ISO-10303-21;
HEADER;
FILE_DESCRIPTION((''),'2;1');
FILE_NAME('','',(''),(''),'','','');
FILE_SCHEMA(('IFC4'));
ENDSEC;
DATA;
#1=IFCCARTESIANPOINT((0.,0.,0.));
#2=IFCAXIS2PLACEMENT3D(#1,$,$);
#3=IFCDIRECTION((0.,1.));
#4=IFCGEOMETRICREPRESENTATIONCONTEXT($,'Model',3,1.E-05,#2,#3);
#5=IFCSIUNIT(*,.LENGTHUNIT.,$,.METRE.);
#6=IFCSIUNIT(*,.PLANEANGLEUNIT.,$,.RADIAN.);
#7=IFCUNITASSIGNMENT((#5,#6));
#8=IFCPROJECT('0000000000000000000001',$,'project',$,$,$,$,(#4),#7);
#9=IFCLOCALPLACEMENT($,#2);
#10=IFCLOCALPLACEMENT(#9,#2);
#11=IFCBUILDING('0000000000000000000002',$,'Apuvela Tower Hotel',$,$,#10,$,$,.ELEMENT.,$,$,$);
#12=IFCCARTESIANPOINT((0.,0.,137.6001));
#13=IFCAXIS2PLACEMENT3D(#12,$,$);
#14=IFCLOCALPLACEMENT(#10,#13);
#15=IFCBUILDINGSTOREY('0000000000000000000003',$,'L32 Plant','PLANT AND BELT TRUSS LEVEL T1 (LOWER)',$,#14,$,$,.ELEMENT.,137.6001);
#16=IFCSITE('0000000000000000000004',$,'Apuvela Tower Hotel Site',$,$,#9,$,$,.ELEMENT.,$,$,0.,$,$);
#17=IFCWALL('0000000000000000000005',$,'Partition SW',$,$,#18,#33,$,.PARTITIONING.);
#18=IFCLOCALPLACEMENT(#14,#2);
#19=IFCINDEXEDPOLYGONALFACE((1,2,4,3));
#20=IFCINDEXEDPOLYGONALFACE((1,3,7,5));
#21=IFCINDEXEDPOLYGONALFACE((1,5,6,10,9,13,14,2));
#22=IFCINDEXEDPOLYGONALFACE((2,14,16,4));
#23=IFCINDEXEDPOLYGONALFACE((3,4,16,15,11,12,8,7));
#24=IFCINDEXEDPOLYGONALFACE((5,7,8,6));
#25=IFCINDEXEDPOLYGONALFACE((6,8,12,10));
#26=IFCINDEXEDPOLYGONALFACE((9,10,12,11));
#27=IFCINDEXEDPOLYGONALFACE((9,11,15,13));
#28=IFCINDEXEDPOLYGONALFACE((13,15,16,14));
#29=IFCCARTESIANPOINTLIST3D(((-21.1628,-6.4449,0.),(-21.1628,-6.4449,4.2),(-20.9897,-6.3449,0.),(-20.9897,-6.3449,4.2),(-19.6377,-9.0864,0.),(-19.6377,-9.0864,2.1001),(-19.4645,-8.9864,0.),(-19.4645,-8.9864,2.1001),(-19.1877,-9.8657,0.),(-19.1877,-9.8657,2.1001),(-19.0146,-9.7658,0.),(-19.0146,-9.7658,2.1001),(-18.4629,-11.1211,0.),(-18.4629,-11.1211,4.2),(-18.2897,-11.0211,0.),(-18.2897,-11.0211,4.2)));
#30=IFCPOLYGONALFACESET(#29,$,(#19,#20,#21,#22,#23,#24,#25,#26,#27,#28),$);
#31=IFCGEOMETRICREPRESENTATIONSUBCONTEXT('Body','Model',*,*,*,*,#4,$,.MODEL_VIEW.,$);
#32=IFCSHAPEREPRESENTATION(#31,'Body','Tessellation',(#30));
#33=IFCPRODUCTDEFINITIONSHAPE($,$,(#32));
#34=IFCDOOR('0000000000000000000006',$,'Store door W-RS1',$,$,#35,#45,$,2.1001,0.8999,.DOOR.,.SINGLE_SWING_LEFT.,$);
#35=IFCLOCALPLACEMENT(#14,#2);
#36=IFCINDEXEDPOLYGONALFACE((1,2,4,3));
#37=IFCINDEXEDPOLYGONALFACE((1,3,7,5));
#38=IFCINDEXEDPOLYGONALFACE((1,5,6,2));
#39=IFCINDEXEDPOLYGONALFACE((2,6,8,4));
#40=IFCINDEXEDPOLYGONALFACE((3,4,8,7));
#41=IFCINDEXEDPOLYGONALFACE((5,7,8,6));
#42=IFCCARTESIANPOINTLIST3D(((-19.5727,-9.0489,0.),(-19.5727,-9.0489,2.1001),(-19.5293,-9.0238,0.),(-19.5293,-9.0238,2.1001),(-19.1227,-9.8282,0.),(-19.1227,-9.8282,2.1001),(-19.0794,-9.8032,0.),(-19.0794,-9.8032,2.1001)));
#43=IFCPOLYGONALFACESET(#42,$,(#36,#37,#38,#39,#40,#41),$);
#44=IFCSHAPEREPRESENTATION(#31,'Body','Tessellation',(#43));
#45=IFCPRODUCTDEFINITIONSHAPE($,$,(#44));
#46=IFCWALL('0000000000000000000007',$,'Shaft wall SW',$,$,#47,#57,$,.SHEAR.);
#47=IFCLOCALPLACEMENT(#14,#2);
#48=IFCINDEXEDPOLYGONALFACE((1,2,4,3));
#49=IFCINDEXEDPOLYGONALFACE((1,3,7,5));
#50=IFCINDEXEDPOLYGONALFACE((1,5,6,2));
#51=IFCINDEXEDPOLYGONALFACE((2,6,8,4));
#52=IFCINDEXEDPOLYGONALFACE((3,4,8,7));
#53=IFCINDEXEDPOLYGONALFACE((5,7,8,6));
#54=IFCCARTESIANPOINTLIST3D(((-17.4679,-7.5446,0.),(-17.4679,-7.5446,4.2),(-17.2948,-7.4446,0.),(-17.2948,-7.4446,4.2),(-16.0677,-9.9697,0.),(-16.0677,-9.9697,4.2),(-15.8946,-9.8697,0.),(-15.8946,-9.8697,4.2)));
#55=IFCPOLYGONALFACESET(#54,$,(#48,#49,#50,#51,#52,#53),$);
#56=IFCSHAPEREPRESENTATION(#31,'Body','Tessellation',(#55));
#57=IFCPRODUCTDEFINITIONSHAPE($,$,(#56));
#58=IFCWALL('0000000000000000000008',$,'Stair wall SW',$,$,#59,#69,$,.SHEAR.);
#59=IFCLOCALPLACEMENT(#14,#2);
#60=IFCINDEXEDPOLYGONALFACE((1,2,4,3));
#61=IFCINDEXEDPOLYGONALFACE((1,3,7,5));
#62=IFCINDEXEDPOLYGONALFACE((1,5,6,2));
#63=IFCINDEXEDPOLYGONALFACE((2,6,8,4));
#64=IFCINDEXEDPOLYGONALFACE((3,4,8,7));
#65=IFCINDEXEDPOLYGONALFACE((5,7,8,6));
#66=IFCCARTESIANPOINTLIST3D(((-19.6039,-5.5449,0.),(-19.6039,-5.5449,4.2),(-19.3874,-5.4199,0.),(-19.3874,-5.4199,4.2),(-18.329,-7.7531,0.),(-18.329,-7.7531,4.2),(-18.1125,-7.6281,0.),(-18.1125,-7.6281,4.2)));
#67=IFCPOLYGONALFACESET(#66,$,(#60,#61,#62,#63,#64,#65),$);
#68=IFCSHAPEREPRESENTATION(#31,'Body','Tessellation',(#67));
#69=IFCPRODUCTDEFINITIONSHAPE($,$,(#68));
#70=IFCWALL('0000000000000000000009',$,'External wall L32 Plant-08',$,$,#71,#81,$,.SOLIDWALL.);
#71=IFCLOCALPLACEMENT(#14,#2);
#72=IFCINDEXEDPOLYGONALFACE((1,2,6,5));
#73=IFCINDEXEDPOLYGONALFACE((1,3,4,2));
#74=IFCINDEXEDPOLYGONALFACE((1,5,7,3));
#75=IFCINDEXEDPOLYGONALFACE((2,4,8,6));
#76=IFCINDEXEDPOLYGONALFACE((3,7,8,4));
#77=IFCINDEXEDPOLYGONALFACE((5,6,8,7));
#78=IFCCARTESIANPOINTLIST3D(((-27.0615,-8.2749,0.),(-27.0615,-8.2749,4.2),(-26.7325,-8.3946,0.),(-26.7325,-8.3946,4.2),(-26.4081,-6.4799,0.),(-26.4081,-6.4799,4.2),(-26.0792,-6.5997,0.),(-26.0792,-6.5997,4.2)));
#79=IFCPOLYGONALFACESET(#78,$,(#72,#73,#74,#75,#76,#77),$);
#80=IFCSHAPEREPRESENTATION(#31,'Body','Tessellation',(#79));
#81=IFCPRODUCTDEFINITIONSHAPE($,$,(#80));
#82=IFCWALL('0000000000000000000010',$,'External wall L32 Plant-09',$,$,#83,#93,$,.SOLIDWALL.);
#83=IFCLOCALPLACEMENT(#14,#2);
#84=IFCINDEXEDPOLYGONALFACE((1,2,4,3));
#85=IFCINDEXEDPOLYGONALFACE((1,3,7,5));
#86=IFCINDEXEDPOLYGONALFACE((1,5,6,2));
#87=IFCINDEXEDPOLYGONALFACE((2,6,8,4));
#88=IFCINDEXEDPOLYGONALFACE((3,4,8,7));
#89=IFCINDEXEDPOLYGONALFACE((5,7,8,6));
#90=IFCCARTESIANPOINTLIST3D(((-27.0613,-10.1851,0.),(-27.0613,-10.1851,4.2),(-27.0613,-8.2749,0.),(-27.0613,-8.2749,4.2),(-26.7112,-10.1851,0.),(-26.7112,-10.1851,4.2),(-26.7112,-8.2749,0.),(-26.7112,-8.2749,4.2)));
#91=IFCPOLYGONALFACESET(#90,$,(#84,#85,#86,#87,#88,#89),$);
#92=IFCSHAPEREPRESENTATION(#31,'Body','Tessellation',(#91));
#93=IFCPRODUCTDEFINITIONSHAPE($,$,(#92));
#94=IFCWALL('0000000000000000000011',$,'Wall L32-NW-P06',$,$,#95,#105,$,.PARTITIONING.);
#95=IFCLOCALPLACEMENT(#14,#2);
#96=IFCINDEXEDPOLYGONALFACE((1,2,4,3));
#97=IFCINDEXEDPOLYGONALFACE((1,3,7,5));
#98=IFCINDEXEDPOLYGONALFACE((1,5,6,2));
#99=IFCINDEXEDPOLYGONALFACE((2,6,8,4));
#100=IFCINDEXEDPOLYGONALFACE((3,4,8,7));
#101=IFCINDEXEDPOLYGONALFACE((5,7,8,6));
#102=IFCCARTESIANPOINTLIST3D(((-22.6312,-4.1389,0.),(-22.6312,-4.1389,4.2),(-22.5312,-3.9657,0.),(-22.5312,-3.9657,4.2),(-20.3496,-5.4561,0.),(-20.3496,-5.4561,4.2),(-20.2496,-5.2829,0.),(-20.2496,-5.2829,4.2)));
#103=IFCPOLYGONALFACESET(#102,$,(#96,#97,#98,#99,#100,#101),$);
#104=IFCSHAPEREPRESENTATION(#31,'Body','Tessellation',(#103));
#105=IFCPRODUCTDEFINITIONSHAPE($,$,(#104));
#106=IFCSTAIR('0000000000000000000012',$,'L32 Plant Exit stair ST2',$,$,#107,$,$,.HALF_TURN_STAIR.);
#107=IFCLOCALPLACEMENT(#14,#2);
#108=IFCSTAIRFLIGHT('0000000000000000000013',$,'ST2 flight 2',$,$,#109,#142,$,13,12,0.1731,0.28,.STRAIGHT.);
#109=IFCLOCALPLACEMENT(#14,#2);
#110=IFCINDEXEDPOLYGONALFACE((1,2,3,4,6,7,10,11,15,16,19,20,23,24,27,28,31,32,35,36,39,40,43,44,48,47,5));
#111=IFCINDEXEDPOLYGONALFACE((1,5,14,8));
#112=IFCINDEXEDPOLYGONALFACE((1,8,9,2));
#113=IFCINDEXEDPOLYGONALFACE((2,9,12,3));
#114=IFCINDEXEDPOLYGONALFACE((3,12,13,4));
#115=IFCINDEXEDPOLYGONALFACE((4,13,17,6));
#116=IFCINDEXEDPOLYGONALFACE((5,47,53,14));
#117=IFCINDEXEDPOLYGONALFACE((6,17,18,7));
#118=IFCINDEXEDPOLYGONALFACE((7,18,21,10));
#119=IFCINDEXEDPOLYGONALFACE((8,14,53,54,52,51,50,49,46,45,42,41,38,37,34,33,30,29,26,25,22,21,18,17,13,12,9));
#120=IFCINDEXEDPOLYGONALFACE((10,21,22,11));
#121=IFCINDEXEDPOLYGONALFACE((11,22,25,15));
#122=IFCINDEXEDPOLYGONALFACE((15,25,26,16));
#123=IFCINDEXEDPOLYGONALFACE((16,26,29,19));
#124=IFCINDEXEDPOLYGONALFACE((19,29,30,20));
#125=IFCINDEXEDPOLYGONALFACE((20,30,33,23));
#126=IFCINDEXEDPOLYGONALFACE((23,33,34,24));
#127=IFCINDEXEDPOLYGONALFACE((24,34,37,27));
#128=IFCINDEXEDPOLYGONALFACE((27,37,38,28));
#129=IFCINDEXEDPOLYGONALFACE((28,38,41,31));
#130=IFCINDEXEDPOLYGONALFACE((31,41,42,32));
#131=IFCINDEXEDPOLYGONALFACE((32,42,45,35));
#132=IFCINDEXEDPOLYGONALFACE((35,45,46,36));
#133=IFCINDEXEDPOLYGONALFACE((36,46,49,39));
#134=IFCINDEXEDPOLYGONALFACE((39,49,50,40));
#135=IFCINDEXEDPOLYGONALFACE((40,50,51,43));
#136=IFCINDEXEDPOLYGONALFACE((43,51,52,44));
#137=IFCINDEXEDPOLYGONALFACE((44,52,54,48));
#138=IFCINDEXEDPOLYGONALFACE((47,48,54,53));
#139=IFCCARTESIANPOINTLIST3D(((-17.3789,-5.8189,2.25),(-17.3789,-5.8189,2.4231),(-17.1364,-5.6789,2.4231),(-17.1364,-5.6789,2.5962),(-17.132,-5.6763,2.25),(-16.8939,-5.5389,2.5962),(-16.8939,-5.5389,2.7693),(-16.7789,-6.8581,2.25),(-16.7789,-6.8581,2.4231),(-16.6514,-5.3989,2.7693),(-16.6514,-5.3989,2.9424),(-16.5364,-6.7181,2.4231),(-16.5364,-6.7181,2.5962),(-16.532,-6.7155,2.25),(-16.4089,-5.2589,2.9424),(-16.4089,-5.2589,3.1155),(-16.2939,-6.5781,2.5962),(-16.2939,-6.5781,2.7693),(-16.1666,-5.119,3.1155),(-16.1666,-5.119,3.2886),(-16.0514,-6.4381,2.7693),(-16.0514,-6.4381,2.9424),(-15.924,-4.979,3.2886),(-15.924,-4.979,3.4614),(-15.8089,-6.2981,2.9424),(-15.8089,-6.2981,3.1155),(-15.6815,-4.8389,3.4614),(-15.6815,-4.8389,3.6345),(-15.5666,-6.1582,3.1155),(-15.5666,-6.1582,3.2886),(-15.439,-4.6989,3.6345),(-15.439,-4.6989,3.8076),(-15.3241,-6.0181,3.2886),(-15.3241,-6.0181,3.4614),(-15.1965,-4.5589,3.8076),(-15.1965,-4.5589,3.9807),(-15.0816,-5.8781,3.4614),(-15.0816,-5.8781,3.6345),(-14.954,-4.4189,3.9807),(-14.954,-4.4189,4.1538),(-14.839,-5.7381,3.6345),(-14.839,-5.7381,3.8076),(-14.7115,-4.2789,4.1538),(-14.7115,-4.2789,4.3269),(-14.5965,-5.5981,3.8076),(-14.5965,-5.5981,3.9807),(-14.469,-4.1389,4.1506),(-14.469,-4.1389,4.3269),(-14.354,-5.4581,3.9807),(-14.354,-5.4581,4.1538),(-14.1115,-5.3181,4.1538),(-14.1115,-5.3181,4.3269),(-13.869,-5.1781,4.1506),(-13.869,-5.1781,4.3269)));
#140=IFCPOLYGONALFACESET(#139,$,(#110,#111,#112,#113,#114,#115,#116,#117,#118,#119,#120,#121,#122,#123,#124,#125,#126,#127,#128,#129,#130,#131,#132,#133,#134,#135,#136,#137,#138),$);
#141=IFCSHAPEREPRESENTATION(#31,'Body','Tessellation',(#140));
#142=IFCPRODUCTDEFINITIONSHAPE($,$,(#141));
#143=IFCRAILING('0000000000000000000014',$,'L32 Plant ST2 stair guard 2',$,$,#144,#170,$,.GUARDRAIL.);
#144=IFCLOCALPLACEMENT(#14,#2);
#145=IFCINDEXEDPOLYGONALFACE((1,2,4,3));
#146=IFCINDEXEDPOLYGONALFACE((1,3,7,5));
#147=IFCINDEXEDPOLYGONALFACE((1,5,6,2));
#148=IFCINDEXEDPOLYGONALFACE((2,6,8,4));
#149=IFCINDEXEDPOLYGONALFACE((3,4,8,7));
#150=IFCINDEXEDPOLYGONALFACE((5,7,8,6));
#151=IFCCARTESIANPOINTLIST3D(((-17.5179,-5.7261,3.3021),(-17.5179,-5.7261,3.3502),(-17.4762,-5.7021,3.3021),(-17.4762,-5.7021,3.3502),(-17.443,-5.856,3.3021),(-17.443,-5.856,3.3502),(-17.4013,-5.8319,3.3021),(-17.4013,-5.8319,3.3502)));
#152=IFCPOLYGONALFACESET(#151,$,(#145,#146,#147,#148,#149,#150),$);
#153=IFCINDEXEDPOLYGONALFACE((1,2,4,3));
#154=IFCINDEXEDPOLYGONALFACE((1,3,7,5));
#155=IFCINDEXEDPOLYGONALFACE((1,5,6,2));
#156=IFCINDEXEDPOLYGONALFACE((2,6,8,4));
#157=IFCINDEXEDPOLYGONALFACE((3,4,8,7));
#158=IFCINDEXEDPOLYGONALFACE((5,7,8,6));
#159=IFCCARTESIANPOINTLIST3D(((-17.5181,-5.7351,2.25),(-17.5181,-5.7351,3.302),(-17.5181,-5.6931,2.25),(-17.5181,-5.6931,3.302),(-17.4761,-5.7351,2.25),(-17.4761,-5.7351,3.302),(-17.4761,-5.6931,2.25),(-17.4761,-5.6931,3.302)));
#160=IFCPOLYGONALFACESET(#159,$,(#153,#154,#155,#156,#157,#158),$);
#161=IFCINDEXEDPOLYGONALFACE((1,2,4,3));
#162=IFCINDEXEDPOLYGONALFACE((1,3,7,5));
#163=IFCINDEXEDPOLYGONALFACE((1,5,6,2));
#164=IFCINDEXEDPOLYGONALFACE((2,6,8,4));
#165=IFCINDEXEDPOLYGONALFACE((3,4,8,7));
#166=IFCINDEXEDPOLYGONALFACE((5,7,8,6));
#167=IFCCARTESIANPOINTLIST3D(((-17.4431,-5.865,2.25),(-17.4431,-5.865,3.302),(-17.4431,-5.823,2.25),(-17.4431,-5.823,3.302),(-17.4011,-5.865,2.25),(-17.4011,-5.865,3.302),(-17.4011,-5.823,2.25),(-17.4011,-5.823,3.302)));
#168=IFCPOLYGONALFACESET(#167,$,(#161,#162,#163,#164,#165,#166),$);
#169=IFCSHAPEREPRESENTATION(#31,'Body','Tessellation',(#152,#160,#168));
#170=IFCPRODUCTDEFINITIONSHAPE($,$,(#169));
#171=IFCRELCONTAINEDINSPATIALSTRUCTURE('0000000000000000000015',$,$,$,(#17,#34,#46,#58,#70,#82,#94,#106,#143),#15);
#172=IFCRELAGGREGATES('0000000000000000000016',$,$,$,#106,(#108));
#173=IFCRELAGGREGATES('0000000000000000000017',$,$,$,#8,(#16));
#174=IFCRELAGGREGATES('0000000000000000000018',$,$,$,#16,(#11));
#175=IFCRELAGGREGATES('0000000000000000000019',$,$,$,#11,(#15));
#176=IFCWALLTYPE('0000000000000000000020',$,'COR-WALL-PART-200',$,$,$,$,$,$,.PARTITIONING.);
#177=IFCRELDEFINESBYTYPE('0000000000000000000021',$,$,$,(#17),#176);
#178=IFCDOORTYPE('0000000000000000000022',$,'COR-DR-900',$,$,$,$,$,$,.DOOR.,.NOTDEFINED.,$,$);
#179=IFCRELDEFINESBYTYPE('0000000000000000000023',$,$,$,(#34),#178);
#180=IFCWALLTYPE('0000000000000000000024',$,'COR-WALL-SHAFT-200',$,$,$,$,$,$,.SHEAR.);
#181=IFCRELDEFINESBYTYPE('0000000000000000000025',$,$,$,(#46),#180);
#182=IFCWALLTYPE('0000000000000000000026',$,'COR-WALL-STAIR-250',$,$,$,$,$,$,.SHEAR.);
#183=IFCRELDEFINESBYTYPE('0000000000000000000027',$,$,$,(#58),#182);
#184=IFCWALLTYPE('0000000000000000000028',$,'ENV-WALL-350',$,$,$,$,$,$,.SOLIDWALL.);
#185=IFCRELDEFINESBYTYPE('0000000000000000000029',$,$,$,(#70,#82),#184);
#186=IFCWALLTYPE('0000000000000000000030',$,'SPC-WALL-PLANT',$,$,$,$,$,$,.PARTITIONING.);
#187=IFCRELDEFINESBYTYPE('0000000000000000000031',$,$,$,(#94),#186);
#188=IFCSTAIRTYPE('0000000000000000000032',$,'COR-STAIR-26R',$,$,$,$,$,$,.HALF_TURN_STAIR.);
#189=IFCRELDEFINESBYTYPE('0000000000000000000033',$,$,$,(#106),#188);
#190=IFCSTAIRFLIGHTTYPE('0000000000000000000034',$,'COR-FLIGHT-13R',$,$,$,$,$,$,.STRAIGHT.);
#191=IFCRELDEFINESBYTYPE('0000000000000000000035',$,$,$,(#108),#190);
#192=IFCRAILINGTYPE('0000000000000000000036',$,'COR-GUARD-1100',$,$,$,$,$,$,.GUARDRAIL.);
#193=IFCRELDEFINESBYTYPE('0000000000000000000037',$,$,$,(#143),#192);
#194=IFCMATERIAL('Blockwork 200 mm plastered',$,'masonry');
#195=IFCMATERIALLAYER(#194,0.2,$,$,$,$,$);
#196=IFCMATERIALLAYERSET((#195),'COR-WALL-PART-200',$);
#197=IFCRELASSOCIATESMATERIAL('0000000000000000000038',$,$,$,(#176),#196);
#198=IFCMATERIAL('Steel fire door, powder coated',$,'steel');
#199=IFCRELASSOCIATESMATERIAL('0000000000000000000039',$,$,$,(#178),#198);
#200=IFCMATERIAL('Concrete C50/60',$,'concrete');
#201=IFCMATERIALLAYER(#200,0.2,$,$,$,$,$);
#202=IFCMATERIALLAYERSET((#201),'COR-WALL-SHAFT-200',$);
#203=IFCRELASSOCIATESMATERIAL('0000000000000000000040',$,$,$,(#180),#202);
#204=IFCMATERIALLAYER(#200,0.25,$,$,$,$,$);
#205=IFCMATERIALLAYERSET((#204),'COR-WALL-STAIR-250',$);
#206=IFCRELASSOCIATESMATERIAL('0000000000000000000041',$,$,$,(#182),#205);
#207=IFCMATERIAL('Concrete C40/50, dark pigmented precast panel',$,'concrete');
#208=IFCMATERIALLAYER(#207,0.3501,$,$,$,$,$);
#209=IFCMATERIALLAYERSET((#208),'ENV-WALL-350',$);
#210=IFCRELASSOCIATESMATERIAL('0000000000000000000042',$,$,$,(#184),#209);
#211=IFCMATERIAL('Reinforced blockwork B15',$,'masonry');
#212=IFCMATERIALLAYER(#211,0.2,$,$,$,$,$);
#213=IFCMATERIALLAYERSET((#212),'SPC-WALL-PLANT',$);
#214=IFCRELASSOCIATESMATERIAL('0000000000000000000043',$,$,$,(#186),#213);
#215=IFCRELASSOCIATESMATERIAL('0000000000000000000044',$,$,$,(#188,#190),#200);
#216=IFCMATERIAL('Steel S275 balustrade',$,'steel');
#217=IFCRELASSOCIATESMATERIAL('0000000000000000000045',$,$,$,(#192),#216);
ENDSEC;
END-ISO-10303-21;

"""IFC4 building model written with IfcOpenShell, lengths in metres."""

from ifc_helpers import new_model, si_unit, direction, frame, frame_2d, origin, origin_2d, place, context, subcontext, project, spatial, polyline, rectangle, outline, extrude, material, layer, layer_set, type_object, element, fill, aggregate, save


model = new_model("IFC4")

# Units and contexts
model_context = context("Model", 3, precision=1e-05, world=origin(), true_north=direction((0.0, 1.0)))
body_context = subcontext(model_context, "Body", "Model", "MODEL_VIEW")
ifc_project = project(units=[si_unit("LENGTHUNIT", "METRE"), si_unit("PLANEANGLEUNIT", "RADIAN")], contexts=[model_context])

# Site, building, storey
site_placement = place(None, origin())
site = spatial("IfcSite", under=ifc_project, at=site_placement, Name="Apuvela Tower Hotel Site", CompositionType="ELEMENT", RefElevation=0.0)
building_placement = place(site_placement, origin())
building = spatial("IfcBuilding", under=site, at=building_placement, Name="Apuvela Tower Hotel", CompositionType="ELEMENT")
storey_placement = place(building_placement, frame((0.0, 0.0, 137.6001)))
storey = spatial("IfcBuildingStorey", under=building, at=storey_placement, Name="L32 Plant", Description="PLANT AND BELT TRUSS LEVEL T1 (LOWER)", CompositionType="ELEMENT", Elevation=137.6001)

# Wall, opening, door
ifc_material_1 = material(Name="Blockwork 200 mm plastered", Category="masonry")
ifc_layer_1 = layer(ifc_material_1, 0.2)
ifc_layer_set_1 = layer_set([ifc_layer_1], Name="COR-WALL-PART-200")
wall_type_1 = type_object("IfcWallType", Name="COR-WALL-PART-200", PredefinedType="PARTITIONING", material=ifc_layer_set_1)
wall_1_placement = place(storey_placement, frame((-21.0762, -6.395, 0.0), z_axis=(0.0, 0.0, 1.0), x_axis=(0.500015, -0.866017, 0.0)))
wall_1 = element("IfcWall", 1, at=wall_1_placement, inside=storey, type_object=wall_type_1, Name="Partition SW", PredefinedType="PARTITIONING", context=body_context, shape_type="SweptSolid", body=[
    extrude(rectangle(XDim=5.3997, YDim=0.2, at=frame_2d((2.6997, 0.0))), origin(), (0.0, 0.0, 1.0), 4.2),
])
opening_1_placement = place(wall_1_placement, frame((3.05, 0.0, 0.0)))
opening_1 = element("IfcOpeningElement", 2, at=opening_1_placement, cuts=wall_1, PredefinedType="OPENING", context=body_context, shape_type="SweptSolid", body=[
    extrude(rectangle(XDim=0.8999, YDim=2.1001, at=frame_2d((0.45, 1.05))), frame((0.0, 0.1099, 0.0), z_axis=(0.0, -1.0, 0.0), x_axis=(1.0, 0.0, 0.0)), (0.0, 0.0, 1.0), 0.22),
])
ifc_material_2 = material(Name="Steel fire door, powder coated", Category="steel")
door_type_1 = type_object("IfcDoorType", Name="COR-DR-900", OperationType="NOTDEFINED", PredefinedType="DOOR", material=ifc_material_2)
door_1_placement = place(opening_1_placement, frame((0.8999, 0.0, 0.0), z_axis=(0.0, 0.0, 1.0), x_axis=(-1.0, 0.0, 0.0)))
door_1 = element("IfcDoor", 3, at=door_1_placement, inside=storey, type_object=door_type_1, Name="Store door W-RS1", OperationType="SINGLE_SWING_LEFT", OverallHeight=2.1001, OverallWidth=0.8999, PredefinedType="DOOR", context=body_context, shape_type="SweptSolid", body=[
    extrude(rectangle(XDim=0.8999, YDim=2.1001, at=frame_2d((0.45, 1.05))), frame((0.0, 0.0249, 0.0), z_axis=(0.0, -1.0, 0.0), x_axis=(1.0, 0.0, 0.0)), (0.0, 0.0, 1.0), 0.05),
])
fill(opening_1, door_1)

# Walls
ifc_material_3 = material(Name="Concrete C50/60", Category="concrete")
ifc_layer_2 = layer(ifc_material_3, 0.2)
ifc_layer_set_2 = layer_set([ifc_layer_2], Name="COR-WALL-SHAFT-200")
wall_type_2 = type_object("IfcWallType", Name="COR-WALL-SHAFT-200", PredefinedType="SHEAR", material=ifc_layer_set_2)
wall_2_placement = place(storey_placement, frame((-17.3813, -7.4946, 0.0), z_axis=(0.0, 0.0, 1.0), x_axis=(0.500012, -0.866019, 0.0)))
element("IfcWall", 4, at=wall_2_placement, inside=storey, type_object=wall_type_2, Name="Shaft wall SW", PredefinedType="SHEAR", context=body_context, shape_type="SweptSolid", body=[
    extrude(rectangle(XDim=2.8003, YDim=0.2, at=frame_2d((1.4001, 0.0))), origin(), (0.0, 0.0, 1.0), 4.2),
])
ifc_layer_3 = layer(ifc_material_3, 0.25)
ifc_layer_set_3 = layer_set([ifc_layer_3], Name="COR-WALL-STAIR-250")
wall_type_3 = type_object("IfcWallType", Name="COR-WALL-STAIR-250", PredefinedType="SHEAR", material=ifc_layer_set_3)
wall_3_placement = place(storey_placement, frame((-19.4956, -5.4824, 0.0), z_axis=(0.0, 0.0, 1.0), x_axis=(0.49999, -0.866031, 0.0)))
element("IfcWall", 5, at=wall_3_placement, inside=storey, type_object=wall_type_3, Name="Stair wall SW", PredefinedType="SHEAR", context=body_context, shape_type="SweptSolid", body=[
    extrude(rectangle(XDim=2.5498, YDim=0.25, at=frame_2d((1.2749, 0.0))), origin(), (0.0, 0.0, 1.0), 4.2),
])
ifc_material_4 = material(Name="Concrete C40/50, dark pigmented precast panel", Category="concrete")
ifc_layer_4 = layer(ifc_material_4, 0.3501)
ifc_layer_set_4 = layer_set([ifc_layer_4], Name="ENV-WALL-350")
wall_type_4 = type_object("IfcWallType", Name="ENV-WALL-350", PredefinedType="SOLIDWALL", material=ifc_layer_set_4)
for number, where, z_axis, x_axis, name in (
    (6, (-26.2437, -6.5398, 0.0), (0.0, 0.0, 1.0), (-0.34203, -0.939689, 0.0), "External wall L32 Plant-08"),
    (7, (-26.8862, -8.2749, 0.0), (0.0, 0.0, 1.0), (0.0, -1.0, 0.0), "External wall L32 Plant-09"),
):
    element("IfcWall", number, at=place(storey_placement, frame(where, z_axis=z_axis, x_axis=x_axis)), inside=storey, type_object=wall_type_4, Name=name, PredefinedType="SOLIDWALL", context=body_context, shape_type="SweptSolid", body=[
        extrude(rectangle(XDim=1.9102, YDim=0.3501, at=frame_2d((0.9551, 0.0))), origin(), (0.0, 0.0, 1.0), 4.2),
    ])
ifc_material_5 = material(Name="Reinforced blockwork B15", Category="masonry")
ifc_layer_5 = layer(ifc_material_5, 0.2)
ifc_layer_set_5 = layer_set([ifc_layer_5], Name="SPC-WALL-PLANT")
wall_type_5 = type_object("IfcWallType", Name="SPC-WALL-PLANT", PredefinedType="PARTITIONING", material=ifc_layer_set_5)
wall_4_placement = place(storey_placement, frame((-22.5813, -4.0522, 0.0), z_axis=(0.0, 0.0, 1.0), x_axis=(0.866039, -0.499976, 0.0)))
element("IfcWall", 8, at=wall_4_placement, inside=storey, type_object=wall_type_5, Name="Wall L32-NW-P06", PredefinedType="PARTITIONING", context=body_context, shape_type="SweptSolid", body=[
    extrude(rectangle(XDim=2.6345, YDim=0.2, at=frame_2d((1.3174, 0.0))), origin(), (0.0, 0.0, 1.0), 4.2),
])

# Stair, stair flight
stair_type = type_object("IfcStairType", Name="COR-STAIR-26R", PredefinedType="HALF_TURN_STAIR", material=ifc_material_3)
stair_placement = place(storey_placement, origin())
stair = element("IfcStair", 9, at=stair_placement, inside=storey, type_object=stair_type, Name="L32 Plant Exit stair ST2", PredefinedType="HALF_TURN_STAIR")
stair_flight_type = type_object("IfcStairFlightType", Name="COR-FLIGHT-13R", PredefinedType="STRAIGHT", material=ifc_material_3)
stair_flight_placement = place(storey_placement, frame((-17.0789, -6.3386, 2.25), z_axis=(0.0, 0.0, 1.0), x_axis=(0.866025, 0.5, 0.0)))
stair_flight = element("IfcStairFlight", 10, at=stair_flight_placement, type_object=stair_flight_type, Name="ST2 flight 2", NumberOfRisers=13, NumberOfTreads=12, PredefinedType="STRAIGHT", RiserHeight=0.1731, TreadLength=0.28, context=body_context, shape_type="SweptSolid", body=[
    extrude(outline(polyline([(0.0, 0.0), (0.0, 0.1731), (0.28, 0.1731), (0.28, 0.3462), (0.5601, 0.3462), (0.5601, 0.5193), (0.8401, 0.5193), (0.8401, 0.6924), (1.1201, 0.6924), (1.1201, 0.8655), (1.3999, 0.8655), (1.3999, 1.0386), (1.6799, 1.0386), (1.6799, 1.2114), (1.96, 1.2114), (1.96, 1.3845), (2.24, 1.3845), (2.24, 1.5576), (2.52, 1.5576), (2.52, 1.7307), (2.8, 1.7307), (2.8, 1.9038), (3.0801, 1.9038), (3.0801, 2.0769), (3.3601, 2.0769), (3.3601, 2.25), (3.3601, 1.9006), (0.2852, 0.0), (0.0, 0.0)])), frame((0.0, 0.6001, 0.0), z_axis=(0.0, -1.0, 0.0), x_axis=(1.0, 0.0, 0.0)), (0.0, 0.0, 1.0), 1.2),
])
aggregate(stair, [stair_flight])

# Railing
ifc_material_6 = material(Name="Steel S275 balustrade", Category="steel")
railing_type_1 = type_object("IfcRailingType", Name="COR-GUARD-1100", PredefinedType="GUARDRAIL", material=ifc_material_6)
railing_1_placement = place(storey_placement, frame((-17.4971, -5.7141, 2.25)))
element("IfcRailing", 11, at=railing_1_placement, inside=storey, type_object=railing_type_1, Name="L32 Plant ST2 stair guard 2", PredefinedType="GUARDRAIL", context=body_context, shape_type="SweptSolid", body=[
    extrude(rectangle(XDim=0.0481, YDim=0.0481, at=origin_2d()), frame((0.0, 0.0, 1.0762), z_axis=(0.499816, -0.866131, 0.0), x_axis=(0.866131, 0.499816, 0.0)), (0.0, 0.0, 1.0), 0.1499),
    extrude(rectangle(XDim=0.042, YDim=0.042, at=origin_2d()), origin(), (0.0, 0.0, 1.0), 1.052),
    extrude(rectangle(XDim=0.042, YDim=0.042, at=origin_2d()), frame((0.075, -0.1299, 0.0)), (0.0, 0.0, 1.0), 1.052),
])

save(model, "model.ifc")
